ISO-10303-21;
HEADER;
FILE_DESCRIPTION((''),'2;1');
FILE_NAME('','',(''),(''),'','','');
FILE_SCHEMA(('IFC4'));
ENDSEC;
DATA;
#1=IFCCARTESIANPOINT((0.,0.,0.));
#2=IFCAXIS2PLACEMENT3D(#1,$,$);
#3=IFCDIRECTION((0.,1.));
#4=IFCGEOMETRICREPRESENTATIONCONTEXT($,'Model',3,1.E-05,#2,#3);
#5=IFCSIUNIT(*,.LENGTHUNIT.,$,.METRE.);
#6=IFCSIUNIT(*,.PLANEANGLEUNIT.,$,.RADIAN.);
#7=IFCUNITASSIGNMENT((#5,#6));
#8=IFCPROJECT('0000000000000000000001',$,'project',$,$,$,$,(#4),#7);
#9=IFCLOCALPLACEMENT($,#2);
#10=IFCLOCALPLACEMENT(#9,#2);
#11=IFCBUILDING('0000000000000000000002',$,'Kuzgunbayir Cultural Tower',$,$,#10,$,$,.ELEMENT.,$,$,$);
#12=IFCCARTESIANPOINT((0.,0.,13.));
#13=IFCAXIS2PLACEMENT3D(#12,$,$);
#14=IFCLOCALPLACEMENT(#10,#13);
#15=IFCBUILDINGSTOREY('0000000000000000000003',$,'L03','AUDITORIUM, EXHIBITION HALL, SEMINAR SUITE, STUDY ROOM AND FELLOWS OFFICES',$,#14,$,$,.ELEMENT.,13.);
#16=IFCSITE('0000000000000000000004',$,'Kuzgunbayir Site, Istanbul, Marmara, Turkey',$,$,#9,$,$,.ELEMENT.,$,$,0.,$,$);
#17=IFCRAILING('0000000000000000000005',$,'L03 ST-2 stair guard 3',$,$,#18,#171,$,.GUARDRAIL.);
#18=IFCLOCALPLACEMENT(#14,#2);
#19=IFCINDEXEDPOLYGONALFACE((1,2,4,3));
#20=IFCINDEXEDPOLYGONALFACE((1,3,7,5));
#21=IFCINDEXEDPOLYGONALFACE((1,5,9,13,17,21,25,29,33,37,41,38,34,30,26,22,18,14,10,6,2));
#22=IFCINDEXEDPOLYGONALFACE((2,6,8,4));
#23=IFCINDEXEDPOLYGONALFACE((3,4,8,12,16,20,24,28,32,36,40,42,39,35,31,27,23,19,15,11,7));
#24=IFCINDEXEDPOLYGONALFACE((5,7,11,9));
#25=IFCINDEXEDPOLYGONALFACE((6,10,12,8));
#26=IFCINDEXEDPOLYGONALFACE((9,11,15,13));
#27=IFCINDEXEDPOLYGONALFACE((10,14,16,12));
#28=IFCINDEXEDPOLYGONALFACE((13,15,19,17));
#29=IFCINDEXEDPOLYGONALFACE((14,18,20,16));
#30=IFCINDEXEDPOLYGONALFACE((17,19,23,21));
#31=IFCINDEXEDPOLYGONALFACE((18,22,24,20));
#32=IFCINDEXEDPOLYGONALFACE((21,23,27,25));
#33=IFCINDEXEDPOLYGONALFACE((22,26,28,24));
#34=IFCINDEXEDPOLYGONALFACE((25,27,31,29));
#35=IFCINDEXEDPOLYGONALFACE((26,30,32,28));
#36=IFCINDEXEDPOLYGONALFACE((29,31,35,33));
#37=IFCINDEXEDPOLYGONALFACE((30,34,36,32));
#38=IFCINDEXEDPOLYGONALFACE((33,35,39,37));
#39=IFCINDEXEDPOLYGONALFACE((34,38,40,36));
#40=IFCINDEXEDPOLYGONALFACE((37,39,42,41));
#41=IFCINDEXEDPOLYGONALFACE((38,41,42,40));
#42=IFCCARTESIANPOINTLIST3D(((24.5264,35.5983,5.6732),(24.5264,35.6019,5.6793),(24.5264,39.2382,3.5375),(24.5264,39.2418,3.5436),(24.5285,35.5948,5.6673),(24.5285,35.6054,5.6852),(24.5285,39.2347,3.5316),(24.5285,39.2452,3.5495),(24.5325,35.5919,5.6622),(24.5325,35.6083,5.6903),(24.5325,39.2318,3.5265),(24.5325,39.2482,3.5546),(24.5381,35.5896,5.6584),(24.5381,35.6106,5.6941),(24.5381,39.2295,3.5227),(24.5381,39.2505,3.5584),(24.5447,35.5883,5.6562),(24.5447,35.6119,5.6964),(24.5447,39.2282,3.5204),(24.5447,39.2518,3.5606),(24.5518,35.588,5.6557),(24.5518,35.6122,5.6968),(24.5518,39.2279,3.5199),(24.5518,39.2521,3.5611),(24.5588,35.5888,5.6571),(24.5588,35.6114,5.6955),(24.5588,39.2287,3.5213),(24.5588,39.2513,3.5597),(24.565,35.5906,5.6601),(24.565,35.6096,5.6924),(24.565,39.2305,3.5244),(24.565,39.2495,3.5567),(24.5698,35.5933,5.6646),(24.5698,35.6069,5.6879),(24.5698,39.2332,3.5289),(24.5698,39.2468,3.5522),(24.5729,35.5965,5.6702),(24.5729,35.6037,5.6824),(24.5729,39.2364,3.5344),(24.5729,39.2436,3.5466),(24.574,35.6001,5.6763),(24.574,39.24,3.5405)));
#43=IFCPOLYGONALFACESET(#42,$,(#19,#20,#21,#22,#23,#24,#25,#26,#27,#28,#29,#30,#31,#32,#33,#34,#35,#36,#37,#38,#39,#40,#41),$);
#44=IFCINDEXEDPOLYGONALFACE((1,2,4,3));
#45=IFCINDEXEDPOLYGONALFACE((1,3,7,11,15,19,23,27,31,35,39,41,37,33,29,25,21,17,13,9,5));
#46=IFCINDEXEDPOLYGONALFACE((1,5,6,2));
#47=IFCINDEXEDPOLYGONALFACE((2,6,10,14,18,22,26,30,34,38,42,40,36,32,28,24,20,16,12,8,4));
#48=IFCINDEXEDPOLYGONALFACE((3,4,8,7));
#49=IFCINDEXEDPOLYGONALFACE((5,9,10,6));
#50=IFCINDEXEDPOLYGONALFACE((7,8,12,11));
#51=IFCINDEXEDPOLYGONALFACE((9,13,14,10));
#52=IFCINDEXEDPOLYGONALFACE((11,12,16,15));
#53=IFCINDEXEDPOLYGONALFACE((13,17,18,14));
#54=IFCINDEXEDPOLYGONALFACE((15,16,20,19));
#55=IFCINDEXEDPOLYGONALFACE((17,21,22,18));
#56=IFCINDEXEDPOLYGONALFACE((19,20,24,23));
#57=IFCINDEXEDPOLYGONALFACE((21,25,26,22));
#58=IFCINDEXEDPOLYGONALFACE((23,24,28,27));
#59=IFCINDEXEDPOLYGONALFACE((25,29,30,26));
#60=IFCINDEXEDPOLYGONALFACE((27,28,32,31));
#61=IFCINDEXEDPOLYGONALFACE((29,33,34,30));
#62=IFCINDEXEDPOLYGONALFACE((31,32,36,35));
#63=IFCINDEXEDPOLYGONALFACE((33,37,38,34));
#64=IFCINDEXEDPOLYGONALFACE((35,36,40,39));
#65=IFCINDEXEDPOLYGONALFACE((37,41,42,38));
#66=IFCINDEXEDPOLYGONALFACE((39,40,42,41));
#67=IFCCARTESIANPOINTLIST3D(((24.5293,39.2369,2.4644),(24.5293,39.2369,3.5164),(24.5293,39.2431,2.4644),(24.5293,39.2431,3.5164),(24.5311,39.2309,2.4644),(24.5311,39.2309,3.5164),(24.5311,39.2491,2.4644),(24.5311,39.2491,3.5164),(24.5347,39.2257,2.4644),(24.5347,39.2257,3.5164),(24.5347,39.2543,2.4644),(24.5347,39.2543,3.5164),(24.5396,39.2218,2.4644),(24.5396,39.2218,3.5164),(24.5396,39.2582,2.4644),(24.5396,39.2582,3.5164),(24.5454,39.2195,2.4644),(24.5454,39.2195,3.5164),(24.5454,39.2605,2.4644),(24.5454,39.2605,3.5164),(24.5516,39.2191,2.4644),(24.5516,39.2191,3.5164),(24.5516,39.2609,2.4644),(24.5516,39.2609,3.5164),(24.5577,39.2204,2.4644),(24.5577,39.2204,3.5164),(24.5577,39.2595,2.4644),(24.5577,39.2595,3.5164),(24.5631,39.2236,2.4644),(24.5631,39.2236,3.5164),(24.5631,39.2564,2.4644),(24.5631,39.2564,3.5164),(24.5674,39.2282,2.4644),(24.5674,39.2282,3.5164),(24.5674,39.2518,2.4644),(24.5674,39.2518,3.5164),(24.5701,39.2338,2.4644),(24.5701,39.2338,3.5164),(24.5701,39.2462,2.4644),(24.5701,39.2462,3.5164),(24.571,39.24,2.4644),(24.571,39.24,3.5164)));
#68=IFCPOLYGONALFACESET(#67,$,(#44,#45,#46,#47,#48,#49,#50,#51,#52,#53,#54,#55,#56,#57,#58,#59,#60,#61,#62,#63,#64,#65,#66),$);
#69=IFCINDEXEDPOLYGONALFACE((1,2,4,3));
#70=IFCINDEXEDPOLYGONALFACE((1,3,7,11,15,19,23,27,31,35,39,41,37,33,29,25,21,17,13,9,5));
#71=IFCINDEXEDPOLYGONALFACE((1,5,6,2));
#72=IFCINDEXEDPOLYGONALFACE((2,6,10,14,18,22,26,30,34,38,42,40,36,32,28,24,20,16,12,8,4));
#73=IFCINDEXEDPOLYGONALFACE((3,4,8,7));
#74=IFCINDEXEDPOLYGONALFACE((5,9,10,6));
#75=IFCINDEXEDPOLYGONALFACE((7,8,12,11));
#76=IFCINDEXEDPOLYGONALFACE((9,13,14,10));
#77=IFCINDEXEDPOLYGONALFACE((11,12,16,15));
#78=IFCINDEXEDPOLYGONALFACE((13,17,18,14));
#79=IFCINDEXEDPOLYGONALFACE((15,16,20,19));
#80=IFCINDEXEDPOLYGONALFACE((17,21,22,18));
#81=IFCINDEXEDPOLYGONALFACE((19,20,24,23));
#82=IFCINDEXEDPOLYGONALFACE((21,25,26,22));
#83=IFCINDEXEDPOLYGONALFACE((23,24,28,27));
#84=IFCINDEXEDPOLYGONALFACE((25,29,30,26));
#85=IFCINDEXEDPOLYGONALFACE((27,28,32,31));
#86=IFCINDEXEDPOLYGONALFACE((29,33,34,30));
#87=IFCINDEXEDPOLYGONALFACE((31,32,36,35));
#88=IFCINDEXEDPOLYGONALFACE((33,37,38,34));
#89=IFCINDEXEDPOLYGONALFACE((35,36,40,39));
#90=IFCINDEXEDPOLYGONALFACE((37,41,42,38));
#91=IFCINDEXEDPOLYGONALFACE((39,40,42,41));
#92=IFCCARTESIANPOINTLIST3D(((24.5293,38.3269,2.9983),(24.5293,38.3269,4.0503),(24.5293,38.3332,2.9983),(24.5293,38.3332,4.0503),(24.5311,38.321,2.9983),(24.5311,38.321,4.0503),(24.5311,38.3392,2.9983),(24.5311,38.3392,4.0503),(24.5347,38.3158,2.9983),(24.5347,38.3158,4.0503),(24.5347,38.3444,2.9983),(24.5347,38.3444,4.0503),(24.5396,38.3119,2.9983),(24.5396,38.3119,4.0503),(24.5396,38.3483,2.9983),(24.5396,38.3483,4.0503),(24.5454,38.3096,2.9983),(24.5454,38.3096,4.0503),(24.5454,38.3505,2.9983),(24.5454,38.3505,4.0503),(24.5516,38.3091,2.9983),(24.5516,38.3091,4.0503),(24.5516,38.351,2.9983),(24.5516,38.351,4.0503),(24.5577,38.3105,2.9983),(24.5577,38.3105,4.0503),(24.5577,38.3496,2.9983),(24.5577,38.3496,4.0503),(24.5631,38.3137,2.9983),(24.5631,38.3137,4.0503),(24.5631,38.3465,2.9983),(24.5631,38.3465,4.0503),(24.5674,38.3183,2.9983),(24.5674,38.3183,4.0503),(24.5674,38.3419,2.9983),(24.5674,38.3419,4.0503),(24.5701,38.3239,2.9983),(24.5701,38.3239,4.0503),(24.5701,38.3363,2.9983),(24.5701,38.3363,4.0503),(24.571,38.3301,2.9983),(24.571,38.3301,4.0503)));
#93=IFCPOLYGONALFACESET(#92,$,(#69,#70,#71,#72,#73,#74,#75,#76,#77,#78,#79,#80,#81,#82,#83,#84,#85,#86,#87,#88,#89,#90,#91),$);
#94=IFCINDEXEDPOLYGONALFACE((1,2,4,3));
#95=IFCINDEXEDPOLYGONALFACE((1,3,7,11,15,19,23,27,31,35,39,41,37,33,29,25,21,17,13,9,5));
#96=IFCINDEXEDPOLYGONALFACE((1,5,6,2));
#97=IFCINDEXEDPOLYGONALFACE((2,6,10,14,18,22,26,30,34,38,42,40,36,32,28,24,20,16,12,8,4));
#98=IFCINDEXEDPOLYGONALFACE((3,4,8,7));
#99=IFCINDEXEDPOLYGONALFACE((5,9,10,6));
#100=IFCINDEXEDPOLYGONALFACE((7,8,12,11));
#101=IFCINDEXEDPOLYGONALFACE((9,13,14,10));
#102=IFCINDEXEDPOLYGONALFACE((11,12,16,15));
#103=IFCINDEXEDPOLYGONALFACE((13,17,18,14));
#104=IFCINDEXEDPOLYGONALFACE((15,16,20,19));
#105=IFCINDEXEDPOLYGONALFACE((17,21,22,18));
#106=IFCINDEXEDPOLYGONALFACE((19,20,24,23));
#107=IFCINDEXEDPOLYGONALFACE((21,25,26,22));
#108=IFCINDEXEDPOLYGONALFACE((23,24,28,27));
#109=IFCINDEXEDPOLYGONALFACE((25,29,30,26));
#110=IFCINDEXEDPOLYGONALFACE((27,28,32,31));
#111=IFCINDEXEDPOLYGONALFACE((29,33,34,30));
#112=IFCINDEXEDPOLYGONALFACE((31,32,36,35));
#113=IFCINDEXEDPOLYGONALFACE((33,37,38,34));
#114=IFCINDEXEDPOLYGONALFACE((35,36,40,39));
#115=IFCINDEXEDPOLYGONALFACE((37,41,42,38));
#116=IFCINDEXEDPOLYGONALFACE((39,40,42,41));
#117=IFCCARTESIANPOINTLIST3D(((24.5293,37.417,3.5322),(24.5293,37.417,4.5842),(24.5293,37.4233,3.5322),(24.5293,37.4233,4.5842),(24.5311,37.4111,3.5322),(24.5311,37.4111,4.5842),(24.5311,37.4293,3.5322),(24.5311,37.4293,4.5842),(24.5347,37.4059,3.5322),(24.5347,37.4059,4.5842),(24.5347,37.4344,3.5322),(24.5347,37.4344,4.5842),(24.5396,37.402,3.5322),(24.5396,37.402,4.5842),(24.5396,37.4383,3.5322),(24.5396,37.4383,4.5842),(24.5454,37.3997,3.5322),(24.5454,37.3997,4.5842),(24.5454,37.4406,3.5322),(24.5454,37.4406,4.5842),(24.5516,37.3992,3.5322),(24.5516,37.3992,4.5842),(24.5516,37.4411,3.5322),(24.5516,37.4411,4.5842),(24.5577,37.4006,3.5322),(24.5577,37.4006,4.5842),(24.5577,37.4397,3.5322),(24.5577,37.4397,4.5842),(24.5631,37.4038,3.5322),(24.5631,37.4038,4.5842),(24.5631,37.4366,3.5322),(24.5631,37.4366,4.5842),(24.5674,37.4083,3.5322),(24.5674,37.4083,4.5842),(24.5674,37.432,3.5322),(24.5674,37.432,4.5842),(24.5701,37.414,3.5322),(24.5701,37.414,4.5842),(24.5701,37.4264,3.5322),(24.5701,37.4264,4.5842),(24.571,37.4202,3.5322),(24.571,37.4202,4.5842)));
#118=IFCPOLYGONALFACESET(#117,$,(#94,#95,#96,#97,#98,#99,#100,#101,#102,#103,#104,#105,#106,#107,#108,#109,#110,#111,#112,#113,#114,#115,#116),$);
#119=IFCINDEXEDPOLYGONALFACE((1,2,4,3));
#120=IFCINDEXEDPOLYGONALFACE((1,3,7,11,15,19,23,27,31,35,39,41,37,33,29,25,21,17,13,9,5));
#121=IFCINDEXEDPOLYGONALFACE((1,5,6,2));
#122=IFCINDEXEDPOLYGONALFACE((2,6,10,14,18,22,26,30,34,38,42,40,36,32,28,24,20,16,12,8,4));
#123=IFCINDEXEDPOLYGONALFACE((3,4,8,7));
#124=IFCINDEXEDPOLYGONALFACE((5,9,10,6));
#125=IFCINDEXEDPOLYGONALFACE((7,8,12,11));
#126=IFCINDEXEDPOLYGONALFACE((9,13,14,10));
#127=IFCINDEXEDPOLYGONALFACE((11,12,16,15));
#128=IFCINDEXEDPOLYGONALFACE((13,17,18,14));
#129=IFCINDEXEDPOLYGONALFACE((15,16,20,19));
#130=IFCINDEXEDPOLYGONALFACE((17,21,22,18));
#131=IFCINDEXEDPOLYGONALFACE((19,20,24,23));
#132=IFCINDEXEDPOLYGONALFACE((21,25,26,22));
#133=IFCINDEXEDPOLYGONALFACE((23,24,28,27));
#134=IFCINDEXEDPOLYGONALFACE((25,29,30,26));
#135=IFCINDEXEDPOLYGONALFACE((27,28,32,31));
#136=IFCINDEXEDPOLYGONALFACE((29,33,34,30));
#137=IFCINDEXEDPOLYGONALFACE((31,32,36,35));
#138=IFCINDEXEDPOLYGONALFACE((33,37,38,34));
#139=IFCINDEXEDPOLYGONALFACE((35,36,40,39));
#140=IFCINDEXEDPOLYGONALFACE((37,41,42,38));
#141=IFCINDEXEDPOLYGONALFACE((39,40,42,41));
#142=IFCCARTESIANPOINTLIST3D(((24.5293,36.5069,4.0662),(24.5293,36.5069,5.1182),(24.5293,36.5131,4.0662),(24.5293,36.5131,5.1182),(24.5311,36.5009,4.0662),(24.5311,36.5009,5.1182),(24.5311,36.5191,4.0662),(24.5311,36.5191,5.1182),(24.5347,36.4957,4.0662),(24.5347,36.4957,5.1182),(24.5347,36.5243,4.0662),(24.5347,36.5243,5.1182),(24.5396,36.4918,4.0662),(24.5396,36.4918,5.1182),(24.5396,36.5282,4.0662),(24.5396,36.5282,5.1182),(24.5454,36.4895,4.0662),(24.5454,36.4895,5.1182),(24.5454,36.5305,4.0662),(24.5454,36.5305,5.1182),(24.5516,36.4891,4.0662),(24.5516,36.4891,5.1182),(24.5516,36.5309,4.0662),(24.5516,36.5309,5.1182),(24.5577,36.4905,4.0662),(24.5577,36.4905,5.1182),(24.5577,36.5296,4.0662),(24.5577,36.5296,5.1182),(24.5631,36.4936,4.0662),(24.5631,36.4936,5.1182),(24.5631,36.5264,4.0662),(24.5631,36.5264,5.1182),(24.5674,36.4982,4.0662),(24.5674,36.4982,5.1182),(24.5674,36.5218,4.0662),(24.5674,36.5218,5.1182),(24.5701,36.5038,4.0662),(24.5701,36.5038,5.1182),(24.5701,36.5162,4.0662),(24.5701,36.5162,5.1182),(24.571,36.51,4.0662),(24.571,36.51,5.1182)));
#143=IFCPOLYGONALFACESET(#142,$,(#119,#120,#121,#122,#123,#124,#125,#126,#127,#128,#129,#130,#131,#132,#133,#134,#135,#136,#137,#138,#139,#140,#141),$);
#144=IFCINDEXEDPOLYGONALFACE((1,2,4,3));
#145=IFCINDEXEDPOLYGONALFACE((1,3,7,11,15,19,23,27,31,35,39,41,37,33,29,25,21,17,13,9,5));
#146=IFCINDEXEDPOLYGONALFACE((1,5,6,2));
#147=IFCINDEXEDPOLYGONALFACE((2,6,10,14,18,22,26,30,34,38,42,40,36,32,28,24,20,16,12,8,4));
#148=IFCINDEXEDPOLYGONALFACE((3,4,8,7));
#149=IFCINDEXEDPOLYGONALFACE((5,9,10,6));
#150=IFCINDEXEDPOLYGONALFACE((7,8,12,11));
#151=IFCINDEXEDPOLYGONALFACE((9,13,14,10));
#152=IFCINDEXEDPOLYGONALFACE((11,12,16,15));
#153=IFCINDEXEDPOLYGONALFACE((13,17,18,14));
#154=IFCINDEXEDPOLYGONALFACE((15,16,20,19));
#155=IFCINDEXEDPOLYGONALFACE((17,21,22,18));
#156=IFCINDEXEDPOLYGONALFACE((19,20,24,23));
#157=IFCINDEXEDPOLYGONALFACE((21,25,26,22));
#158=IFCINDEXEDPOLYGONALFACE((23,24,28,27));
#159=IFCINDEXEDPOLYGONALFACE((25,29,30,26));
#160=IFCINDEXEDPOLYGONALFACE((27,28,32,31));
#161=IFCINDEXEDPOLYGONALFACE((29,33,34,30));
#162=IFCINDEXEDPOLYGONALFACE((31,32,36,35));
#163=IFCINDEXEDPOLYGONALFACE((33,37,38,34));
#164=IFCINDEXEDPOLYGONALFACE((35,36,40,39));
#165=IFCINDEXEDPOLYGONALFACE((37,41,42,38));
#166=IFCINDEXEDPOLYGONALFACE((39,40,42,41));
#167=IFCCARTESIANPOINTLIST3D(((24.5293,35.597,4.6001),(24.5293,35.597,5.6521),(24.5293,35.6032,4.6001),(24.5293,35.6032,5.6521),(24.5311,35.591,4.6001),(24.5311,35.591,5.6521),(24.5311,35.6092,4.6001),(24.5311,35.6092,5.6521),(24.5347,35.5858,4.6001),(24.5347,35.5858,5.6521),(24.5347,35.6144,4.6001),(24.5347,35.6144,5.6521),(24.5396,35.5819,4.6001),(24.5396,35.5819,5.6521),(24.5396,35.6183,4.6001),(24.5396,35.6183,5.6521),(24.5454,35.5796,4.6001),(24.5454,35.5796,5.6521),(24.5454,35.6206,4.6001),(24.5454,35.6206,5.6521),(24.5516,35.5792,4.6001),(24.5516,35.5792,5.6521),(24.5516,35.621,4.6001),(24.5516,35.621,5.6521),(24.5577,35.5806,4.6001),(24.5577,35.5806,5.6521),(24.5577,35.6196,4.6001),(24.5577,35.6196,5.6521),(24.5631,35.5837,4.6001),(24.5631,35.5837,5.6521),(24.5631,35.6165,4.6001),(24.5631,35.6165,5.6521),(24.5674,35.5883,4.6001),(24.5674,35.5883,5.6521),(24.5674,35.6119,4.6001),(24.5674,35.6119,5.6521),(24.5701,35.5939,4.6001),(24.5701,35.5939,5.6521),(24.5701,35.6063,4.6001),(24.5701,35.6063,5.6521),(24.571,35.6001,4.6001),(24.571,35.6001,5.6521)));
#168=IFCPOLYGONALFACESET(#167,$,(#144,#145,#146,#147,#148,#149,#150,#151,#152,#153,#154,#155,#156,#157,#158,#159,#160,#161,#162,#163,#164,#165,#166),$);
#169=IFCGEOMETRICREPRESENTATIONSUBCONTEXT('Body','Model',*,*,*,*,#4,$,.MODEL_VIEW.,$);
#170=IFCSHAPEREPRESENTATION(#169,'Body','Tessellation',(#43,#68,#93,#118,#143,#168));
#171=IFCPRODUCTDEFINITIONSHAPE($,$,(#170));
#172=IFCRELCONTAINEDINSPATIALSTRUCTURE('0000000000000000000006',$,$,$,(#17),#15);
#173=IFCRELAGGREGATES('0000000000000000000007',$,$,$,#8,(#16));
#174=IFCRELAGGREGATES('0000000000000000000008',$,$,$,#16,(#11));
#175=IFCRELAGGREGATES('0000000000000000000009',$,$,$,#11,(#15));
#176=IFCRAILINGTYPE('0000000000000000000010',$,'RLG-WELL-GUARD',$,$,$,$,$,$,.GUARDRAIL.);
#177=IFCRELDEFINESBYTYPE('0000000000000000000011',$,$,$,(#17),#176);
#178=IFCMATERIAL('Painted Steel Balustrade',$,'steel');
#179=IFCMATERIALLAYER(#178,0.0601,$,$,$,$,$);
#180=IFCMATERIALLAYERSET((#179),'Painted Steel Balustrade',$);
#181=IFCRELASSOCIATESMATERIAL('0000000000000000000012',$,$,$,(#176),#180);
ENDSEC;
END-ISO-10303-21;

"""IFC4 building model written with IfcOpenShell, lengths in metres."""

from ifc_helpers import new_model, si_unit, direction, frame, origin, origin_2d, place, context, subcontext, project, spatial, circle, extrude, material, layer, layer_set, type_object, element, save


model = new_model("IFC4")

# Units and contexts
model_context = context("Model", 3, precision=1e-05, world=origin(), true_north=direction((0.0, 1.0)))
body_context = subcontext(model_context, "Body", "Model", "MODEL_VIEW")
ifc_project = project(units=[si_unit("LENGTHUNIT", "METRE"), si_unit("PLANEANGLEUNIT", "RADIAN")], contexts=[model_context])

# Site, building, storey
site_placement = place(None, origin())
site = spatial("IfcSite", under=ifc_project, at=site_placement, Name="Kuzgunbayir Site, Istanbul, Marmara, Turkey", CompositionType="ELEMENT", RefElevation=0.0)
building_placement = place(site_placement, origin())
building = spatial("IfcBuilding", under=site, at=building_placement, Name="Kuzgunbayir Cultural Tower", CompositionType="ELEMENT")
storey_placement = place(building_placement, frame((0.0, 0.0, 13.0)))
storey = spatial("IfcBuildingStorey", under=building, at=storey_placement, Name="L03", Description="AUDITORIUM, EXHIBITION HALL, SEMINAR SUITE, STUDY ROOM AND FELLOWS OFFICES", CompositionType="ELEMENT", Elevation=13.0)

# Railing
ifc_material_1 = material(Name="Painted Steel Balustrade", Category="steel")
ifc_layer_1 = layer(ifc_material_1, 0.0601)
ifc_layer_set_1 = layer_set([ifc_layer_1], Name="Painted Steel Balustrade")
railing_type_1 = type_object("IfcRailingType", Name="RLG-WELL-GUARD", PredefinedType="GUARDRAIL", material=ifc_layer_set_1)
railing_1_placement = place(storey_placement, frame((24.55, 39.24, 2.4644)))
element("IfcRailing", 1, at=railing_1_placement, inside=storey, type_object=railing_type_1, Name="L03 ST-2 stair guard 3", PredefinedType="GUARDRAIL", context=body_context, shape_type="SweptSolid", body=[
    extrude(circle(Radius=0.0239, at=origin_2d()), frame((0.0, 0.0, 1.0762), z_axis=(0.0, -0.86249, 0.506074), x_axis=(1.0, 0.0, 0.0)), (0.0, 0.0, 1.0), 4.2202),
    extrude(circle(Radius=0.021, at=origin_2d()), origin(), (0.0, 0.0, 1.0), 1.052),
    extrude(circle(Radius=0.021, at=origin_2d()), frame((0.0, -0.9099, 0.5339)), (0.0, 0.0, 1.0), 1.052),
    extrude(circle(Radius=0.021, at=origin_2d()), frame((0.0, -1.8198, 1.0679)), (0.0, 0.0, 1.0), 1.052),
    extrude(circle(Radius=0.021, at=origin_2d()), frame((0.0, -2.73, 1.6018)), (0.0, 0.0, 1.0), 1.052),
    extrude(circle(Radius=0.021, at=origin_2d()), frame((0.0, -3.6399, 2.1357)), (0.0, 0.0, 1.0), 1.052),
])

save(model, "model.ifc")
